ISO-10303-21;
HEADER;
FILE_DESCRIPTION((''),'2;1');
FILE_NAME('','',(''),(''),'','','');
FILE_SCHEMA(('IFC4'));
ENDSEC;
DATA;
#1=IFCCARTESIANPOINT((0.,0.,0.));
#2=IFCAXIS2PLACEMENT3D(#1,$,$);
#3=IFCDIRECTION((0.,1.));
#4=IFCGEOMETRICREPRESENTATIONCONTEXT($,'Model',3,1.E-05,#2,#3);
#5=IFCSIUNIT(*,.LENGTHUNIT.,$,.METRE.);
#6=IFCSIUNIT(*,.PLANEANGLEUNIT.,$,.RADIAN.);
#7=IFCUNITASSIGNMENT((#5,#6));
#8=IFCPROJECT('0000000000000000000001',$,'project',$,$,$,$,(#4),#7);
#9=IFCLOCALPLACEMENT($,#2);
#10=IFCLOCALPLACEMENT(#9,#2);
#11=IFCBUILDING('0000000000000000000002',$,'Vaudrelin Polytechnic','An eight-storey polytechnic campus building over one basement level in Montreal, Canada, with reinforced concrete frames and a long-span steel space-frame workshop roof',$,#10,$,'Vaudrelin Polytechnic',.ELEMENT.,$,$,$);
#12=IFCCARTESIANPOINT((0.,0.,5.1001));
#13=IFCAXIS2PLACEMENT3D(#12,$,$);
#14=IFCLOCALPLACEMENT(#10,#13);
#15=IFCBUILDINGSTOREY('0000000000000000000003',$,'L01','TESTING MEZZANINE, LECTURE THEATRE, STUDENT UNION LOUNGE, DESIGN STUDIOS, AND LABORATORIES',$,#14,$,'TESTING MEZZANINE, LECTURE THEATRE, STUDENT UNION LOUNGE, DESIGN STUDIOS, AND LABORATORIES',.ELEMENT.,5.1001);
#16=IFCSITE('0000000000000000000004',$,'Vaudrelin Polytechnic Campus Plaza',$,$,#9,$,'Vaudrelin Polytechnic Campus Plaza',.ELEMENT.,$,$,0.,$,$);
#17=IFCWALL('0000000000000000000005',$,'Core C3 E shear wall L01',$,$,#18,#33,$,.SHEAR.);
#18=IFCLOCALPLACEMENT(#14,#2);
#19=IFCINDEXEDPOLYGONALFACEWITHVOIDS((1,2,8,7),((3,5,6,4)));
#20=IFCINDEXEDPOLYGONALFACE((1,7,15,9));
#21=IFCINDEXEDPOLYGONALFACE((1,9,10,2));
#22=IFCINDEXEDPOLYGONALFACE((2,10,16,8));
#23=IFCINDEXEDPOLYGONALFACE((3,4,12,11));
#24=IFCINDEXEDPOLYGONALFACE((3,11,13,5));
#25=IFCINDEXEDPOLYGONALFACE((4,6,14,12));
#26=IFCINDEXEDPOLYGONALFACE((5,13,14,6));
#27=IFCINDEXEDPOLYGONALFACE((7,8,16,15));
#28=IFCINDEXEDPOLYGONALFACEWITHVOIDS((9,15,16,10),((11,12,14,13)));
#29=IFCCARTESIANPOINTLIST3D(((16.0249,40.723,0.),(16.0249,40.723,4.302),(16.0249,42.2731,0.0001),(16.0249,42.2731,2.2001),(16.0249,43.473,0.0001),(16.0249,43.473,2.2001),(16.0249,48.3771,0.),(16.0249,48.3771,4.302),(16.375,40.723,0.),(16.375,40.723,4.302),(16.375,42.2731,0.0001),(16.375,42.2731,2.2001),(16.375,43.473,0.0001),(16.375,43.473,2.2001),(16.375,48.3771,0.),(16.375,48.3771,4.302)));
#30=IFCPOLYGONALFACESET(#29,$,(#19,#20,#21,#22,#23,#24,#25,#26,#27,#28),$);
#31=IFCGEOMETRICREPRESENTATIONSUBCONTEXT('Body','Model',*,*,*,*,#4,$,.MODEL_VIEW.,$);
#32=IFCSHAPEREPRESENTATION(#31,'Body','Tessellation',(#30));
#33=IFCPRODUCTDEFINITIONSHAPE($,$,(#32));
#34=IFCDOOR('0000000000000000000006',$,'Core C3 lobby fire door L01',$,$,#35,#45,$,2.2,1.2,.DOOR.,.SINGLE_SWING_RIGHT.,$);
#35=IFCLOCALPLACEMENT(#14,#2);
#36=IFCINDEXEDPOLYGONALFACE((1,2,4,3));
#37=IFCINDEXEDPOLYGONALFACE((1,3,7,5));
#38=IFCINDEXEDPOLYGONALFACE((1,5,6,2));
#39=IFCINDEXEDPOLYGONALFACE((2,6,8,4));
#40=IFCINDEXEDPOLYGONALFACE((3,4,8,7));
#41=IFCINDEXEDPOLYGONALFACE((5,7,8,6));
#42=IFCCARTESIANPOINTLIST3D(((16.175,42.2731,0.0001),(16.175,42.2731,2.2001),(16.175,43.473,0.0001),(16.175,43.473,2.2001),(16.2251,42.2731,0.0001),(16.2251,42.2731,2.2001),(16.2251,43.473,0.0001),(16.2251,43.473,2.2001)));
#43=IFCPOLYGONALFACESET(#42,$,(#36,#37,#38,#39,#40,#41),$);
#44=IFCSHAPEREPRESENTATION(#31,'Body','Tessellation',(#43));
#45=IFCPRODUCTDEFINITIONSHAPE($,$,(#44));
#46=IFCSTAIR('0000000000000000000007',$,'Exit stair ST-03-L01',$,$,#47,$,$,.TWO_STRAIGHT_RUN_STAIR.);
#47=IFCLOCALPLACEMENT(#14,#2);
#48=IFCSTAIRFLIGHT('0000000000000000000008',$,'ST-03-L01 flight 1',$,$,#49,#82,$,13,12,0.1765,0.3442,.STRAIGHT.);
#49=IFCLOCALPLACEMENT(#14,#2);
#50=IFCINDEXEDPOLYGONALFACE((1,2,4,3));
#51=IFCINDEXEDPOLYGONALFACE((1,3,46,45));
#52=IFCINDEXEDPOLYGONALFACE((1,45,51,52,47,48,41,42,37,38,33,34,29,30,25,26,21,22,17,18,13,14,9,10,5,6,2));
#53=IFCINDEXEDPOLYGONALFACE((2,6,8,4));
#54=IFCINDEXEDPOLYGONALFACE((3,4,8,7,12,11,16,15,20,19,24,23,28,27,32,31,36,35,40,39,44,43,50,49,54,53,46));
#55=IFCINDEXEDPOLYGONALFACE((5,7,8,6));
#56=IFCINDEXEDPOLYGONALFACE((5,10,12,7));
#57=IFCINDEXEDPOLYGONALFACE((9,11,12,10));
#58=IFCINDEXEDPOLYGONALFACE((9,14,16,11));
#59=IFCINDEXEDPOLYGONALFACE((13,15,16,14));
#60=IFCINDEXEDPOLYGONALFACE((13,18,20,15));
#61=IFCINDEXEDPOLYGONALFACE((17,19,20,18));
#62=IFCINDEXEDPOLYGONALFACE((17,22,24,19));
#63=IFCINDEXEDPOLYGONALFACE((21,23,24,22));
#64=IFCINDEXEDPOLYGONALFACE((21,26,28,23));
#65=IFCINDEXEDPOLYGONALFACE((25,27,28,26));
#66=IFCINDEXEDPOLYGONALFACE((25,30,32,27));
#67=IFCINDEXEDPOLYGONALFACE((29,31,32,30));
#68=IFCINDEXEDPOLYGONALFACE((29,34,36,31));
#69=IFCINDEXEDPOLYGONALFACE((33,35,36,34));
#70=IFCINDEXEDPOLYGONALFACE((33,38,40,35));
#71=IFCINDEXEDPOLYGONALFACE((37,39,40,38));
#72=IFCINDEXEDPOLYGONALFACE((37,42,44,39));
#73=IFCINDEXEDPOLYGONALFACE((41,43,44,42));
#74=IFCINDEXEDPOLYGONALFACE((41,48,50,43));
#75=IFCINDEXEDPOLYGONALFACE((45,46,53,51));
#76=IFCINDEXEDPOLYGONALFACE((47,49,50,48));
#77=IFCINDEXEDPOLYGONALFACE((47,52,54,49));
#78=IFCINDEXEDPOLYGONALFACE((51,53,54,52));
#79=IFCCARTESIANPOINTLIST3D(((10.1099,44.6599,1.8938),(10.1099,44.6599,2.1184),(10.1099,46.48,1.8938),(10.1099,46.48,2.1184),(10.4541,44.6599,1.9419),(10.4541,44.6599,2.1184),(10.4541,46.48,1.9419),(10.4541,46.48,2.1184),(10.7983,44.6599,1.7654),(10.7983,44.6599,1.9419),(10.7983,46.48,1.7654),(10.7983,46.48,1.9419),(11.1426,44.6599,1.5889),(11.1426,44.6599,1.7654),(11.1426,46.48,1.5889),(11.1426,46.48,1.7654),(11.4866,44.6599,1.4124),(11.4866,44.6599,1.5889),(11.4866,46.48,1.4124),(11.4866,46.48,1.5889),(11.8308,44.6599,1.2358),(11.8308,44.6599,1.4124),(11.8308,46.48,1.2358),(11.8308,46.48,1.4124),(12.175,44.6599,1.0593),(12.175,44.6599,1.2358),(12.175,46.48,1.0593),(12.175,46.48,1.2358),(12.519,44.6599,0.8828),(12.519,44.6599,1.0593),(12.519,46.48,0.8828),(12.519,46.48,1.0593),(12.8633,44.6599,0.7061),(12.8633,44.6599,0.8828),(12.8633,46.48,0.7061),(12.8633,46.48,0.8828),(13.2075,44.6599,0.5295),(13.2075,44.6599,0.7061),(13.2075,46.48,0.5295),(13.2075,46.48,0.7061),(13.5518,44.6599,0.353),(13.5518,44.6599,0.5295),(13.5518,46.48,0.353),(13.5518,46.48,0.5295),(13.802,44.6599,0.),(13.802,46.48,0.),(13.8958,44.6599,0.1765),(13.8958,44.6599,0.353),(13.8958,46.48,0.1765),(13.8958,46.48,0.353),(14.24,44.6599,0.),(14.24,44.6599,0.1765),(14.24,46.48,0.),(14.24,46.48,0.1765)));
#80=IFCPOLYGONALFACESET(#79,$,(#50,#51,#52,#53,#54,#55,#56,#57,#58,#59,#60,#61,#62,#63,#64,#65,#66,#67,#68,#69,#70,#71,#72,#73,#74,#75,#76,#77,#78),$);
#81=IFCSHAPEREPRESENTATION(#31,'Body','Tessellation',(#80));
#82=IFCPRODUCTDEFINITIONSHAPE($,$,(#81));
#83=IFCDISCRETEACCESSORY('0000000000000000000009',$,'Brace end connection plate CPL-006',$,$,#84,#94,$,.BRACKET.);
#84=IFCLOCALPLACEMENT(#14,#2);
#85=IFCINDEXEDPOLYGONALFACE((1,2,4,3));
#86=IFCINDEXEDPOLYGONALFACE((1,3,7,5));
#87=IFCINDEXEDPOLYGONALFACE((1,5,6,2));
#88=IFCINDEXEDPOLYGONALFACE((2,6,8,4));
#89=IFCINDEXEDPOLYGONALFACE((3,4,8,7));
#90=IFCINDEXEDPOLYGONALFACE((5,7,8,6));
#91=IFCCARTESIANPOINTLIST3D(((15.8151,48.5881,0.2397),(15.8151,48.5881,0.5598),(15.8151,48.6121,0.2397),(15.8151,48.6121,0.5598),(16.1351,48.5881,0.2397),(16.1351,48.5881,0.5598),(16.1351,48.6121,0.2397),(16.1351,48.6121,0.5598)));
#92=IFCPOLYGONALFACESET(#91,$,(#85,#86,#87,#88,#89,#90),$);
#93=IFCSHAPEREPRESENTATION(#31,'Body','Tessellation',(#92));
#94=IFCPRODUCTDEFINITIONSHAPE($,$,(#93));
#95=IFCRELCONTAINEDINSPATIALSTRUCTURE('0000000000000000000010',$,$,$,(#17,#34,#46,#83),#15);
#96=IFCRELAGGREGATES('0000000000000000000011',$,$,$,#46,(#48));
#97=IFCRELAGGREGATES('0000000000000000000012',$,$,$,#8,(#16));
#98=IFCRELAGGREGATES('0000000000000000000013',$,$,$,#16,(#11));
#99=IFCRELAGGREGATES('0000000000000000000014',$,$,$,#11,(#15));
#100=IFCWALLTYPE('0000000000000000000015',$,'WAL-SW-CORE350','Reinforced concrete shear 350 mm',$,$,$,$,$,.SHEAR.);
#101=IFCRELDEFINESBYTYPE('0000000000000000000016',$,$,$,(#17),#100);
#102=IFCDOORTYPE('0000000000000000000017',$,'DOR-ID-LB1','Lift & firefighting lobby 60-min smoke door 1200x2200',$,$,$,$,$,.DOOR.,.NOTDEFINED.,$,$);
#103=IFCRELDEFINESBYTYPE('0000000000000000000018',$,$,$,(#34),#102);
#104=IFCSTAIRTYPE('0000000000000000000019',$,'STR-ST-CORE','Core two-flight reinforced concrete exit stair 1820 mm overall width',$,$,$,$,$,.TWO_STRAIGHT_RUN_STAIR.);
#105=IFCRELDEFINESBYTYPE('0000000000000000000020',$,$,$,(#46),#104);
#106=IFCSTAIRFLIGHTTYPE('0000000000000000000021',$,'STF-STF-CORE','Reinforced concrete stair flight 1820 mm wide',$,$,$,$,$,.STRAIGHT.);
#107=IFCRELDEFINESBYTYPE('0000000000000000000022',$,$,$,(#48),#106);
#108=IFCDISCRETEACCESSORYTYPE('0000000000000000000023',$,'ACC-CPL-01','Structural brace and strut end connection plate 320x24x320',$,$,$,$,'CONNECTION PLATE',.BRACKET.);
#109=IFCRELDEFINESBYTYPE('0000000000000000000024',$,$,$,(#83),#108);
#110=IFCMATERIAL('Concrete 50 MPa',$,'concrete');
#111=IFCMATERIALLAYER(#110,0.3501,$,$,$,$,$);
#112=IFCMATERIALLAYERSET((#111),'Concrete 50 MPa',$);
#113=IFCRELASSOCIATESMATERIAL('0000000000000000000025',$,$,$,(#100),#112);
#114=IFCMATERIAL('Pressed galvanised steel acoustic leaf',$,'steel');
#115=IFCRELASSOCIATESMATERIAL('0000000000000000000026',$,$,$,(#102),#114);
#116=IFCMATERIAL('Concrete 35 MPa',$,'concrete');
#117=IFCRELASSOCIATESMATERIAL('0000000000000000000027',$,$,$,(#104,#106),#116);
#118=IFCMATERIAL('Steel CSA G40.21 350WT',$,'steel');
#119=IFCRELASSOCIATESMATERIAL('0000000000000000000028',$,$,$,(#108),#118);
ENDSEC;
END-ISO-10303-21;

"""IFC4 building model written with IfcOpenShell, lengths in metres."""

from ifc_helpers import new_model, si_unit, direction, frame, frame_2d, origin, origin_2d, place, context, subcontext, project, spatial, polyline, rectangle, outline, extrude, material, layer, layer_set, type_object, element, fill, aggregate, save


model = new_model("IFC4")

# Units and contexts
model_context = context("Model", 3, precision=1e-05, world=origin(), true_north=direction((0.0, 1.0)))
body_context = subcontext(model_context, "Body", "Model", "MODEL_VIEW")
ifc_project = project(units=[si_unit("LENGTHUNIT", "METRE"), si_unit("PLANEANGLEUNIT", "RADIAN")], contexts=[model_context])

# Site, building, storey
site_placement = place(None, origin())
site = spatial("IfcSite", under=ifc_project, at=site_placement, Name="Vaudrelin Polytechnic Campus Plaza", LongName="Vaudrelin Polytechnic Campus Plaza", CompositionType="ELEMENT", RefElevation=0.0)
building_placement = place(site_placement, origin())
building = spatial("IfcBuilding", under=site, at=building_placement, Name="Vaudrelin Polytechnic", Description="An eight-storey polytechnic campus building over one basement level in Montreal, Canada, with reinforced concrete frames and a long-span steel space-frame workshop roof", LongName="Vaudrelin Polytechnic", CompositionType="ELEMENT")
storey_placement = place(building_placement, frame((0.0, 0.0, 5.1001)))
storey = spatial("IfcBuildingStorey", under=building, at=storey_placement, Name="L01", Description="TESTING MEZZANINE, LECTURE THEATRE, STUDENT UNION LOUNGE, DESIGN STUDIOS, AND LABORATORIES", LongName="TESTING MEZZANINE, LECTURE THEATRE, STUDENT UNION LOUNGE, DESIGN STUDIOS, AND LABORATORIES", CompositionType="ELEMENT", Elevation=5.1001)

# Shared definitions
ifc_material_1 = material(Name="Steel CSA G40.21 350WT", Category="steel")

# Wall, opening, door
ifc_material_2 = material(Name="Concrete 50 MPa", Category="concrete")
ifc_layer_1 = layer(ifc_material_2, 0.3501)
ifc_layer_set_1 = layer_set([ifc_layer_1], Name="Concrete 50 MPa")
wall_type_1 = type_object("IfcWallType", Name="WAL-SW-CORE350", Description="Reinforced concrete shear 350 mm", PredefinedType="SHEAR", material=ifc_layer_set_1)
wall_1_placement = place(storey_placement, frame((16.2, 40.7229, 0.0), z_axis=(0.0, 0.0, 1.0), x_axis=(0.0, 1.0, 0.0)))
wall_1 = element("IfcWall", 1, at=wall_1_placement, inside=storey, type_object=wall_type_1, Name="Core C3 E shear wall L01", PredefinedType="SHEAR", context=body_context, shape_type="SweptSolid", body=[
    extrude(rectangle(XDim=7.6541, YDim=0.3501, at=frame_2d((3.8271, 0.0))), origin(), (0.0, 0.0, 1.0), 4.302),
])
opening_placement = place(wall_1_placement, frame((1.55, 0.0, 0.0)))
opening = element("IfcOpeningElement", 2, at=opening_placement, cuts=wall_1, PredefinedType="OPENING", context=body_context, shape_type="SweptSolid", body=[
    extrude(rectangle(XDim=1.2, YDim=2.2, at=frame_2d((0.6001, 1.1001))), frame((0.0, 0.1851, 0.0), z_axis=(0.0, -1.0, 0.0), x_axis=(1.0, 0.0, 0.0)), (0.0, 0.0, 1.0), 0.3701),
])
ifc_material_3 = material(Name="Pressed galvanised steel acoustic leaf", Category="steel")
door_type = type_object("IfcDoorType", Name="DOR-ID-LB1", Description="Lift & firefighting lobby 60-min smoke door 1200x2200", OperationType="NOTDEFINED", PredefinedType="DOOR", material=ifc_material_3)
door_placement = place(opening_placement, origin())
door = element("IfcDoor", 3, at=door_placement, inside=storey, type_object=door_type, Name="Core C3 lobby fire door L01", OperationType="SINGLE_SWING_RIGHT", OverallHeight=2.2, OverallWidth=1.2, PredefinedType="DOOR", context=body_context, shape_type="SweptSolid", body=[
    extrude(rectangle(XDim=1.2, YDim=2.2, at=frame_2d((0.6001, 1.1001))), frame((0.0, 0.0249, 0.0), z_axis=(0.0, -1.0, 0.0), x_axis=(1.0, 0.0, 0.0)), (0.0, 0.0, 1.0), 0.05),
])
fill(opening, door)

# Stair, stair flight
ifc_material_4 = material(Name="Concrete 35 MPa", Category="concrete")
stair_type = type_object("IfcStairType", Name="STR-ST-CORE", Description="Core two-flight reinforced concrete exit stair 1820 mm overall width", PredefinedType="TWO_STRAIGHT_RUN_STAIR", material=ifc_material_4)
stair_placement = place(storey_placement, origin())
stair = element("IfcStair", 4, at=stair_placement, inside=storey, type_object=stair_type, Name="Exit stair ST-03-L01", PredefinedType="TWO_STRAIGHT_RUN_STAIR")
stair_flight_type = type_object("IfcStairFlightType", Name="STF-STF-CORE", Description="Reinforced concrete stair flight 1820 mm wide", PredefinedType="STRAIGHT", material=ifc_material_4)
stair_flight_placement = place(storey_placement, frame((14.24, 45.5701, 0.0), z_axis=(0.0, 0.0, 1.0), x_axis=(-1.0, 0.0, 0.0)))
stair_flight = element("IfcStairFlight", 5, at=stair_flight_placement, type_object=stair_flight_type, Name="ST-03-L01 flight 1", NumberOfRisers=13, NumberOfTreads=12, PredefinedType="STRAIGHT", RiserHeight=0.1765, TreadLength=0.3442, context=body_context, shape_type="SweptSolid", body=[
    extrude(outline(polyline([(0.0, 0.0), (0.0, 0.1765), (0.3442, 0.1765), (0.3442, 0.353), (0.6882, 0.353), (0.6882, 0.5295), (1.0325, 0.5295), (1.0325, 0.7061), (1.3767, 0.7061), (1.3767, 0.8828), (1.7209, 0.8828), (1.7209, 1.0593), (2.0649, 1.0593), (2.0649, 1.2358), (2.4092, 1.2358), (2.4092, 1.4124), (2.7534, 1.4124), (2.7534, 1.5889), (3.0974, 1.5889), (3.0974, 1.7654), (3.4417, 1.7654), (3.4417, 1.9419), (3.7859, 1.9419), (3.7859, 2.1184), (4.1301, 2.1184), (4.1301, 2.2949), (4.1301, 1.8938), (0.438, 0.0), (0.0, 0.0)])), frame((0.0, 0.9102, 0.0), z_axis=(0.0, -1.0, 0.0), x_axis=(1.0, 0.0, 0.0)), (0.0, 0.0, 1.0), 1.8201),
])
aggregate(stair, [stair_flight])

# Discrete accessory
discrete_accessory_type = type_object("IfcDiscreteAccessoryType", Name="ACC-CPL-01", Description="Structural brace and strut end connection plate 320x24x320", ElementType="CONNECTION PLATE", PredefinedType="BRACKET", material=ifc_material_1)
discrete_accessory_placement = place(storey_placement, frame((15.9751, 48.6001, 0.2397), z_axis=(0.0, 0.0, 1.0), x_axis=(1.0, 0.0, 0.0)))
element("IfcDiscreteAccessory", 6, at=discrete_accessory_placement, inside=storey, type_object=discrete_accessory_type, Name="Brace end connection plate CPL-006", PredefinedType="BRACKET", context=body_context, shape_type="SweptSolid", body=[
    extrude(rectangle(XDim=0.3201, YDim=0.0239, at=origin_2d()), origin(), (0.0, 0.0, 1.0), 0.3201),
])

save(model, "model.ifc")
